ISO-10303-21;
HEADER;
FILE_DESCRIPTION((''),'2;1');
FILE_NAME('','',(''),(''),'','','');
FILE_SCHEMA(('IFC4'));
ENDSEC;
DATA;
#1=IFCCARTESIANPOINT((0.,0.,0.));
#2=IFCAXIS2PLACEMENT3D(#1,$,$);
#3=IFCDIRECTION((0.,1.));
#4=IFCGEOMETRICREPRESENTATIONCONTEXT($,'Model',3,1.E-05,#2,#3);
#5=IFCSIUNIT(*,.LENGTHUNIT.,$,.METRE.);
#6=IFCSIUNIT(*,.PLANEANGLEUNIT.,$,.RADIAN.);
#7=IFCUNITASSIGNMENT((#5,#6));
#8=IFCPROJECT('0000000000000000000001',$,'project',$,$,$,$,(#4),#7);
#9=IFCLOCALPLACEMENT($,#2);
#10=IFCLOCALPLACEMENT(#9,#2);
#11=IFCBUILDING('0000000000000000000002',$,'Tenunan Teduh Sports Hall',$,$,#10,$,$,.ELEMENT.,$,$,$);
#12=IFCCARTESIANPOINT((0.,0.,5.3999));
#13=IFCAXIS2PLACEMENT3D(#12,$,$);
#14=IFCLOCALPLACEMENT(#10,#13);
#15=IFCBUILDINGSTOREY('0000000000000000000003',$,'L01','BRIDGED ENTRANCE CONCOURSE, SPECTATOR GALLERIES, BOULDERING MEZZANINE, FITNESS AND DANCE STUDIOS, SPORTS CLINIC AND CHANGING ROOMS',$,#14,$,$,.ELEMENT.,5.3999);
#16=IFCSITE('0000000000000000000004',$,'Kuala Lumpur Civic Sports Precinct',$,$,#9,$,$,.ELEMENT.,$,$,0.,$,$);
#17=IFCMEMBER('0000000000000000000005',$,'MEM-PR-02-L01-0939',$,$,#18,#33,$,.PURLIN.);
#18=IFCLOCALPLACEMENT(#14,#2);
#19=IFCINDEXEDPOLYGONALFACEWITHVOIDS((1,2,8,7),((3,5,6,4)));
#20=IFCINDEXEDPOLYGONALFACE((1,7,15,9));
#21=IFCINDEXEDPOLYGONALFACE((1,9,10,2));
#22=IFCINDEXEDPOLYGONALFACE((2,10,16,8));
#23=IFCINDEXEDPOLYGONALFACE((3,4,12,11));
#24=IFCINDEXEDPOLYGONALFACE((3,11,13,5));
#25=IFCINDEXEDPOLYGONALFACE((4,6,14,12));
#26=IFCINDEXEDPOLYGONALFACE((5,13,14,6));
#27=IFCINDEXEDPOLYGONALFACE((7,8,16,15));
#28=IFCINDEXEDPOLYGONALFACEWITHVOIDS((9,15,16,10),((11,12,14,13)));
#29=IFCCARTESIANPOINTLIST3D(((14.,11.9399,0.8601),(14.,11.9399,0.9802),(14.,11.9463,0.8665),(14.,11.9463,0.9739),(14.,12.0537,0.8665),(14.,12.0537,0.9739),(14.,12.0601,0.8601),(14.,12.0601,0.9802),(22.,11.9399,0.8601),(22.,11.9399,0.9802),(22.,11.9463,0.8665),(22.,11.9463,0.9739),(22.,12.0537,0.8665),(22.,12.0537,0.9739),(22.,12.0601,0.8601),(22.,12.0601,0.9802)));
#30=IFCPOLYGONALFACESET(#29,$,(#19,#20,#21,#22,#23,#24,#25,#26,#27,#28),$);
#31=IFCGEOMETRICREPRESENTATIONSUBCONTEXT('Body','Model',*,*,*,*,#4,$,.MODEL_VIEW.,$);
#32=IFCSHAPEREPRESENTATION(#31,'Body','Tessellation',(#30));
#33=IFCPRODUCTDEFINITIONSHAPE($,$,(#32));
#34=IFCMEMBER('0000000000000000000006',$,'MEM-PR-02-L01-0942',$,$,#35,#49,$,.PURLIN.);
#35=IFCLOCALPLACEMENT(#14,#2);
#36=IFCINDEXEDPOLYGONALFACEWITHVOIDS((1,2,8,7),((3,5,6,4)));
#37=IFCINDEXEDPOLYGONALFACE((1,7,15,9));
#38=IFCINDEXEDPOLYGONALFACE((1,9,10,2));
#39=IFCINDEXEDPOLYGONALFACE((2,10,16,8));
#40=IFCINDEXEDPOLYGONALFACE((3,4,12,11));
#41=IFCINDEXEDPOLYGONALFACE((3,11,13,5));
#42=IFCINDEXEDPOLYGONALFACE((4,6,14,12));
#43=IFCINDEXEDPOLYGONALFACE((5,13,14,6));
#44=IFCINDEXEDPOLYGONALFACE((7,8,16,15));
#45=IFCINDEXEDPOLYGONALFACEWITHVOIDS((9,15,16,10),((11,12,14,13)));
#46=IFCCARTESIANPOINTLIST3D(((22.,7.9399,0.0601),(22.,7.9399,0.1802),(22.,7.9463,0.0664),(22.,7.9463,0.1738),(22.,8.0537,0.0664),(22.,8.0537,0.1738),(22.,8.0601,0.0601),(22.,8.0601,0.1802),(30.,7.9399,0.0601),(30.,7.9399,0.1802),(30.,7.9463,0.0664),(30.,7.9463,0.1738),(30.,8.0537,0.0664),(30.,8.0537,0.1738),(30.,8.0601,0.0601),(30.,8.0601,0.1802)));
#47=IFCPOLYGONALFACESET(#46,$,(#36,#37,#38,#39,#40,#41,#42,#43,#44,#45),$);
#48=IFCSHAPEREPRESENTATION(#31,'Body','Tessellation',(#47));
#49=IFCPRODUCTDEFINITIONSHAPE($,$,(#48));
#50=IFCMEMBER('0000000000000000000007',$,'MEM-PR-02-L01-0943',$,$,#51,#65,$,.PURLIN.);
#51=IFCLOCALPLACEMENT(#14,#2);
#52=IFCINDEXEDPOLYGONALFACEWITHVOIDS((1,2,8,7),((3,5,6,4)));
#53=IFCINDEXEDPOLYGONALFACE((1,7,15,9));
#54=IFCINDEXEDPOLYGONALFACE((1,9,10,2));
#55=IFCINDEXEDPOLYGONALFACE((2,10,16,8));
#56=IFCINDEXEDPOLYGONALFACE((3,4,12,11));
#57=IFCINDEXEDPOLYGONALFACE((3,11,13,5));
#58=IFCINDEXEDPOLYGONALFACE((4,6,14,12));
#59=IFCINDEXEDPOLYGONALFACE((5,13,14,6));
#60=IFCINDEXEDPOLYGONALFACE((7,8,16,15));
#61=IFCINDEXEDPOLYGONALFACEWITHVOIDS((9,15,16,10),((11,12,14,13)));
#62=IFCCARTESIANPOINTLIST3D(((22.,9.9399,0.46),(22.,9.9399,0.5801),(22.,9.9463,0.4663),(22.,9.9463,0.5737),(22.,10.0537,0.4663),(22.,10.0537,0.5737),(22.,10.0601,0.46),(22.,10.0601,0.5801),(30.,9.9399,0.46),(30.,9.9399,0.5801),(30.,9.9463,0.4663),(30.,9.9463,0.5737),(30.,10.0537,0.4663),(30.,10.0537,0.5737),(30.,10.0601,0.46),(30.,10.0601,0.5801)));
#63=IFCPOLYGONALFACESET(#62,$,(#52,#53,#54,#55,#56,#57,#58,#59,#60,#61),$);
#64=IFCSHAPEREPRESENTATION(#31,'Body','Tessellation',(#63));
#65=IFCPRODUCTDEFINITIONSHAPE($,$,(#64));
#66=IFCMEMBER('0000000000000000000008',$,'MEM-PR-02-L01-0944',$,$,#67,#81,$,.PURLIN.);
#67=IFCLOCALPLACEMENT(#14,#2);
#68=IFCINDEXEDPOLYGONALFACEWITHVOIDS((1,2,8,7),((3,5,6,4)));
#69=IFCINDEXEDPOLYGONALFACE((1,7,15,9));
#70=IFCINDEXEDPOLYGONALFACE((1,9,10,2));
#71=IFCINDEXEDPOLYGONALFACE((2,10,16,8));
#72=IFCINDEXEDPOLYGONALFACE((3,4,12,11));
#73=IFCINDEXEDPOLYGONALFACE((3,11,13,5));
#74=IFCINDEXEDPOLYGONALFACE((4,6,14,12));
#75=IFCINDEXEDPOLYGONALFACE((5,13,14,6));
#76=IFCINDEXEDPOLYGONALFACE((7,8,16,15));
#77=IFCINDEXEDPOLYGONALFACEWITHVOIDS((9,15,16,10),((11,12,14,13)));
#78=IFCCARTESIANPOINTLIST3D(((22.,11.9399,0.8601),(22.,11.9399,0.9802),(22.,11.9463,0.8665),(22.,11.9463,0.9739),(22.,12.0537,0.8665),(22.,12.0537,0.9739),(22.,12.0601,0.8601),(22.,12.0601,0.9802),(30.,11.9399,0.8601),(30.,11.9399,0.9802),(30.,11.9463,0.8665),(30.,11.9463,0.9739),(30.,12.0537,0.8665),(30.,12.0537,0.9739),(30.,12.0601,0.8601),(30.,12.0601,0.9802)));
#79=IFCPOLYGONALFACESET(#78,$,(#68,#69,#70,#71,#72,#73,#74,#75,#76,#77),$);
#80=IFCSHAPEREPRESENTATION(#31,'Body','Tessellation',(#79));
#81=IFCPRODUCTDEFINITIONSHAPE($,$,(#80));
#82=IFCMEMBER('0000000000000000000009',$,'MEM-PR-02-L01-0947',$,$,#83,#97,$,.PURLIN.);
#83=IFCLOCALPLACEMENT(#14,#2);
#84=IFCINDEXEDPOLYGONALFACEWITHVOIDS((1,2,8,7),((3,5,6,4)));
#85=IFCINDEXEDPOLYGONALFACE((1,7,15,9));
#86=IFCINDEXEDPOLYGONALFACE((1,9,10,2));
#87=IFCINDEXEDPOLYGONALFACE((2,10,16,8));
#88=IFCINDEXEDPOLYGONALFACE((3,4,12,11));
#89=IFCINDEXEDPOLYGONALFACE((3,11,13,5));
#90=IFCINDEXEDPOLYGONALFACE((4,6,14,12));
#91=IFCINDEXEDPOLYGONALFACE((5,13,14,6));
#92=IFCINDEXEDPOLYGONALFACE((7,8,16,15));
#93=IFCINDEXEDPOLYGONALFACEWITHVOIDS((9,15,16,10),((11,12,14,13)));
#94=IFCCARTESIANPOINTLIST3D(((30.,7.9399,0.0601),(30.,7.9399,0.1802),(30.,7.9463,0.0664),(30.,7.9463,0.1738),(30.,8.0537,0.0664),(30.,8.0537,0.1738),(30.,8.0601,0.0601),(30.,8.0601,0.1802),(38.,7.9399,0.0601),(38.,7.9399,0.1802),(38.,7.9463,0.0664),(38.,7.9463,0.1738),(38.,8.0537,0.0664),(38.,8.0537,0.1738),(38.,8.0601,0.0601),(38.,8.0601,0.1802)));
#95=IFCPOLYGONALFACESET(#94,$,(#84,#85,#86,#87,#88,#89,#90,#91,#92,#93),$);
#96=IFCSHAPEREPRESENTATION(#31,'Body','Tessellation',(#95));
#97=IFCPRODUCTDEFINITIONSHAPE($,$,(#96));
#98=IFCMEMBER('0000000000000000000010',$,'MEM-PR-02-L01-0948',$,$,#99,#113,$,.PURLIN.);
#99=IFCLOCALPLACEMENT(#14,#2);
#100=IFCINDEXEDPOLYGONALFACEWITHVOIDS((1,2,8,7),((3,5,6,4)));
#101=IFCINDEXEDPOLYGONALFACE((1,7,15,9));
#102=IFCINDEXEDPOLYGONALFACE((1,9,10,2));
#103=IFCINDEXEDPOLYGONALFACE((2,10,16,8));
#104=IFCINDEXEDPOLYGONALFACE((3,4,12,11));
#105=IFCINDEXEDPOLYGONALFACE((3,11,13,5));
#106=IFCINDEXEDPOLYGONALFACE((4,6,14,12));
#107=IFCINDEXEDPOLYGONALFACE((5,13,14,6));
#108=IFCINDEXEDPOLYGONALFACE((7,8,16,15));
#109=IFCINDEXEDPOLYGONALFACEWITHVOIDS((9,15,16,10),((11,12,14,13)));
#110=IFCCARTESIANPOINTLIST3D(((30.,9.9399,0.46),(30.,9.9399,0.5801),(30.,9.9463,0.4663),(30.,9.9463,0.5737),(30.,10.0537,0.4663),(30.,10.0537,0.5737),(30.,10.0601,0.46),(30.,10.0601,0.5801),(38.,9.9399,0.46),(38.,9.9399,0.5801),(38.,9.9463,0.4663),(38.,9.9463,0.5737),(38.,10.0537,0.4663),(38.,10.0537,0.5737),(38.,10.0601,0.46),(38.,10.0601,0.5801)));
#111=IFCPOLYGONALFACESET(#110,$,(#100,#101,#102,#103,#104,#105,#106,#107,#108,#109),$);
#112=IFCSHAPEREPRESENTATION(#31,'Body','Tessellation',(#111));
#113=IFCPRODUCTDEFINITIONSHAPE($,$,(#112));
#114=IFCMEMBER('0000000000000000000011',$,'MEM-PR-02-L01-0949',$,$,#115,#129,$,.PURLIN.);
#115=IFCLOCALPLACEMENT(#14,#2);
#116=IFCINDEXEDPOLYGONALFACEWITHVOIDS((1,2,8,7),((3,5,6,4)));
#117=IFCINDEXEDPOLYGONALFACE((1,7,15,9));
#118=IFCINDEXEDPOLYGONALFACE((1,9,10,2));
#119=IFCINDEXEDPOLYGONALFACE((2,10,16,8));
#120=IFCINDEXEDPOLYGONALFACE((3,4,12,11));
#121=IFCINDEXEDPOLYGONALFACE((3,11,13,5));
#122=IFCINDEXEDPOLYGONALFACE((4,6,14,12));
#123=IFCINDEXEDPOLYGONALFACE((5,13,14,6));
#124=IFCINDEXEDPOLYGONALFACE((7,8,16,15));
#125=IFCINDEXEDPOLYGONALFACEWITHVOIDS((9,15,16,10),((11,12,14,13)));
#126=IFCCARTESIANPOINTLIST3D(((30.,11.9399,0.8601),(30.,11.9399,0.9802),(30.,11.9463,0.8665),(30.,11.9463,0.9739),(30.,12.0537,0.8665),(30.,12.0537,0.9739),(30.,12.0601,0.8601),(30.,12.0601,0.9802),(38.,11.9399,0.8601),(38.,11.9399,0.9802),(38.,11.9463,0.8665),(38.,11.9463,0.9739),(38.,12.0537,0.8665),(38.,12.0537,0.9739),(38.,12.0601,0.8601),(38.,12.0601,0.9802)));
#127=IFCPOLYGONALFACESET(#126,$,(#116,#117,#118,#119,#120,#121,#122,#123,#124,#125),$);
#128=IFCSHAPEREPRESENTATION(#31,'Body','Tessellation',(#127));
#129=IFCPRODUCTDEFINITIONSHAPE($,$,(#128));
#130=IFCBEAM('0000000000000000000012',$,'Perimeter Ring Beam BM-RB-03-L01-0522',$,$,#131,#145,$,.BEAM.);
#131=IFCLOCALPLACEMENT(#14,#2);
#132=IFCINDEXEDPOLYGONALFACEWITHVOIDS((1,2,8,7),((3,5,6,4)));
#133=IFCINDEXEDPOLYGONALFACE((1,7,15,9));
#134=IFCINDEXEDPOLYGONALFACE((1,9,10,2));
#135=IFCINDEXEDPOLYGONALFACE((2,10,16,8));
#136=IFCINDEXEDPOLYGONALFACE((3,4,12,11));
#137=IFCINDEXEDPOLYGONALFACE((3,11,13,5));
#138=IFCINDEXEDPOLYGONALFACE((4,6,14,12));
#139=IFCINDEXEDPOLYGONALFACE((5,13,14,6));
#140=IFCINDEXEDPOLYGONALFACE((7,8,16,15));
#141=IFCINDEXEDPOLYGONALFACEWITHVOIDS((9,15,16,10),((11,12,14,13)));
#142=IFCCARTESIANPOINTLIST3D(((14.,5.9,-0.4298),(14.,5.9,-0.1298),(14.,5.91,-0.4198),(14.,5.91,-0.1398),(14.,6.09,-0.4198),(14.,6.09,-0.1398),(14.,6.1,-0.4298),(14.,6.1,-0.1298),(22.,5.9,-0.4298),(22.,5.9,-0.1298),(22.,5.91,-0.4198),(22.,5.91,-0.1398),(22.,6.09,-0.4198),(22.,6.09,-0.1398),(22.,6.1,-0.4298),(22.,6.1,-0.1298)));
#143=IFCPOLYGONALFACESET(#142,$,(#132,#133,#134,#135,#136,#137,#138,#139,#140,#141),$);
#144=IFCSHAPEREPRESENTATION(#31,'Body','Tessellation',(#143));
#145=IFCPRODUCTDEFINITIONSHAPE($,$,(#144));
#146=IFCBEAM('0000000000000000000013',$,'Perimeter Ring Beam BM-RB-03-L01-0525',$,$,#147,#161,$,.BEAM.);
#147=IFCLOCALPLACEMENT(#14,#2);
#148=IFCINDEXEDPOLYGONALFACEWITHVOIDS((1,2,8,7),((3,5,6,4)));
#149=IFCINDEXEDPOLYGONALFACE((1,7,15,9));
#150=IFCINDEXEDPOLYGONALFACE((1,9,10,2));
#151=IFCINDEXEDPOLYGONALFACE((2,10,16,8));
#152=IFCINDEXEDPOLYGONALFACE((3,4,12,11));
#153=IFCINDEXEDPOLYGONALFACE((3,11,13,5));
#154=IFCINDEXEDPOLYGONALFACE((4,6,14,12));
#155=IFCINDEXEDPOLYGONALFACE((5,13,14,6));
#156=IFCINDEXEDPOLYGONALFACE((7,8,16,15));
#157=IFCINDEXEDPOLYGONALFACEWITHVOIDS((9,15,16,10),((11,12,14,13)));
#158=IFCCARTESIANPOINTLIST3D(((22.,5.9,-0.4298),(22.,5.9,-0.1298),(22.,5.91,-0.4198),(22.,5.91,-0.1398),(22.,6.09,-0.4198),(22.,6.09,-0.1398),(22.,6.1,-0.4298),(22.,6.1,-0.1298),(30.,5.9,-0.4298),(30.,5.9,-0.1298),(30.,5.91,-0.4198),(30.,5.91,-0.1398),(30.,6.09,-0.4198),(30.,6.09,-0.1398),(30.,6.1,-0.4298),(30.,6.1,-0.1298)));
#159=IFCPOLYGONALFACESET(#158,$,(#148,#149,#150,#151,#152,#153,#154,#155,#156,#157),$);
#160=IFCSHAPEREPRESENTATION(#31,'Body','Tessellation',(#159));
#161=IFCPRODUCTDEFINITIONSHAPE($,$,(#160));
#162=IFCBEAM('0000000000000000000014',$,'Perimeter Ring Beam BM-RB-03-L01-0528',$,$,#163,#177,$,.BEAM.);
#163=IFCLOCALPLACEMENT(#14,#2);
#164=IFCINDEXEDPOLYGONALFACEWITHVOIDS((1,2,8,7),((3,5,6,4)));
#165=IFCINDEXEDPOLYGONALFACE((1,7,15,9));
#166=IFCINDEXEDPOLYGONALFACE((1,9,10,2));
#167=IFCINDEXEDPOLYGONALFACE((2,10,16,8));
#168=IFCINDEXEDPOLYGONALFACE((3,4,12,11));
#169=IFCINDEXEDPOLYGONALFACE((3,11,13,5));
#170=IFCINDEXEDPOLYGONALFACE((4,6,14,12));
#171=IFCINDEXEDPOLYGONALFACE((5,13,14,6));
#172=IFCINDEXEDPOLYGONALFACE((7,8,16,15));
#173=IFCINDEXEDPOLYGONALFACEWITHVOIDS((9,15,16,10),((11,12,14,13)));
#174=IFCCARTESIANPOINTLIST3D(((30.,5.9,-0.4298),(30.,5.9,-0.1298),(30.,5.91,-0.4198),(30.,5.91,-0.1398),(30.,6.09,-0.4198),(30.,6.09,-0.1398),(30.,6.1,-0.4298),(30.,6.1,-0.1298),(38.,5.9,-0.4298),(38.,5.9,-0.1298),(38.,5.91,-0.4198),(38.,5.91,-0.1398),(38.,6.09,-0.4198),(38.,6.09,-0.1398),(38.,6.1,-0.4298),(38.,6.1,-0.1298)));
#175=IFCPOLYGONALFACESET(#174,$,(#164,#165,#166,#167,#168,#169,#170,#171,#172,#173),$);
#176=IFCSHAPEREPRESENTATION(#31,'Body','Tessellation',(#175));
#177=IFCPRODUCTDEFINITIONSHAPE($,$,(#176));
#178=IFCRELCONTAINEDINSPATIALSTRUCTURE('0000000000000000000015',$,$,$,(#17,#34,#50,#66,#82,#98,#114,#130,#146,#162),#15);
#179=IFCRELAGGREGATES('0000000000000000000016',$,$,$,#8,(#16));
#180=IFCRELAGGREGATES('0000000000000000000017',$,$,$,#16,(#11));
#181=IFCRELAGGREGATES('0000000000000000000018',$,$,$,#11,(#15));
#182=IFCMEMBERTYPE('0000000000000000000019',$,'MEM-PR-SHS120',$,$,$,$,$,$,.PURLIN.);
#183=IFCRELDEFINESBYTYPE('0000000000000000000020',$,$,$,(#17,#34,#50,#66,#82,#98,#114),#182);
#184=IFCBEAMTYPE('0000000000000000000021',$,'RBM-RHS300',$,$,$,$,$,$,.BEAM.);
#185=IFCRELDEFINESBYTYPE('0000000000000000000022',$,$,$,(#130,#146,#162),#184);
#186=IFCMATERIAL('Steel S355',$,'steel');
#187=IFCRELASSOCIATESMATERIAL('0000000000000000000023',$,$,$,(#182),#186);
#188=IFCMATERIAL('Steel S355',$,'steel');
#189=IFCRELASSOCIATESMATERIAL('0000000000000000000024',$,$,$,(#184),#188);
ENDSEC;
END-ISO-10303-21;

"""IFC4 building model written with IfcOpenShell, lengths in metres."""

from ifc_helpers import new_model, si_unit, direction, frame, origin, origin_2d, place, context, subcontext, project, spatial, hollow_rectangle, extrude, material, material_profile, profile_set, type_object, element, save


model = new_model("IFC4")

# Units and contexts
model_context = context("Model", 3, precision=1e-05, world=origin(), true_north=direction((0.0, 1.0)))
body_context = subcontext(model_context, "Body", "Model", "MODEL_VIEW")
ifc_project = project(units=[si_unit("LENGTHUNIT", "METRE"), si_unit("PLANEANGLEUNIT", "RADIAN")], contexts=[model_context])

# Site, building, storey
site_placement = place(None, origin())
site = spatial("IfcSite", under=ifc_project, at=site_placement, Name="Kuala Lumpur Civic Sports Precinct", CompositionType="ELEMENT", RefElevation=0.0)
building_placement = place(site_placement, origin())
building = spatial("IfcBuilding", under=site, at=building_placement, Name="Tenunan Teduh Sports Hall", CompositionType="ELEMENT")
storey_placement = place(building_placement, frame((0.0, 0.0, 5.3999)))
storey = spatial("IfcBuildingStorey", under=building, at=storey_placement, Name="L01", Description="BRIDGED ENTRANCE CONCOURSE, SPECTATOR GALLERIES, BOULDERING MEZZANINE, FITNESS AND DANCE STUDIOS, SPORTS CLINIC AND CHANGING ROOMS", CompositionType="ELEMENT", Elevation=5.3999)

# Members
ifc_material_1 = material(Name="Steel S355", Category="steel")
ifc_material_profile_1 = material_profile(ifc_material_1, hollow_rectangle(XDim=0.1201, YDim=0.1201, WallThickness=0.0063, at=origin_2d()), Name="SHS 120x120x6.3")
ifc_profile_set_1 = profile_set([ifc_material_profile_1], Name="Steel S355")
member_type_1 = type_object("IfcMemberType", Name="MEM-PR-SHS120", PredefinedType="PURLIN", material=ifc_profile_set_1)
for number, where, z_axis, x_axis, name in (
    (1, (14.0, 12.0, 0.9202), (1.0, 0.0, 0.0), (0.0, 1.0, 0.0), "MEM-PR-02-L01-0939"),
    (2, (22.0, 8.0, 0.1201), (1.0, 0.0, 0.0), (0.0, 1.0, 0.0), "MEM-PR-02-L01-0942"),
    (3, (22.0, 10.0, 0.52), (1.0, 0.0, 0.0), (0.0, 1.0, 0.0), "MEM-PR-02-L01-0943"),
    (4, (22.0, 12.0, 0.9202), (1.0, 0.0, 0.0), (0.0, 1.0, 0.0), "MEM-PR-02-L01-0944"),
    (5, (30.0, 8.0, 0.1201), (1.0, 0.0, 0.0), (0.0, 1.0, 0.0), "MEM-PR-02-L01-0947"),
    (6, (30.0, 10.0, 0.52), (1.0, 0.0, 0.0), (0.0, 1.0, 0.0), "MEM-PR-02-L01-0948"),
    (7, (30.0, 12.0, 0.9202), (1.0, 0.0, 0.0), (0.0, 1.0, 0.0), "MEM-PR-02-L01-0949"),
):
    element("IfcMember", number, at=place(storey_placement, frame(where, z_axis=z_axis, x_axis=x_axis)), inside=storey, type_object=member_type_1, Name=name, PredefinedType="PURLIN", context=body_context, shape_type="SweptSolid", body=[
        extrude(hollow_rectangle(XDim=0.1201, YDim=0.1201, WallThickness=0.0063, at=origin_2d()), origin(), (0.0, 0.0, 1.0), 8.0),
    ])

# Beams
ifc_material_2 = material(Name="Steel S355", Category="steel")
ifc_material_profile_2 = material_profile(ifc_material_2, hollow_rectangle(XDim=0.2, YDim=0.3, WallThickness=0.01, at=origin_2d()), Name="RHS 300x200x10.0")
ifc_profile_set_2 = profile_set([ifc_material_profile_2], Name="Steel S355")
beam_type_1 = type_object("IfcBeamType", Name="RBM-RHS300", PredefinedType="BEAM", material=ifc_profile_set_2)
for number, where, z_axis, x_axis, name in (
    (8, (14.0, 6.0, -0.2798), (1.0, 0.0, 0.0), (0.0, 1.0, 0.0), "Perimeter Ring Beam BM-RB-03-L01-0522"),
    (9, (22.0, 6.0, -0.2798), (1.0, 0.0, 0.0), (0.0, 1.0, 0.0), "Perimeter Ring Beam BM-RB-03-L01-0525"),
    (10, (30.0, 6.0, -0.2798), (1.0, 0.0, 0.0), (0.0, 1.0, 0.0), "Perimeter Ring Beam BM-RB-03-L01-0528"),
):
    element("IfcBeam", number, at=place(storey_placement, frame(where, z_axis=z_axis, x_axis=x_axis)), inside=storey, type_object=beam_type_1, Name=name, PredefinedType="BEAM", context=body_context, shape_type="SweptSolid", body=[
        extrude(hollow_rectangle(XDim=0.2, YDim=0.3, WallThickness=0.01, at=origin_2d()), origin(), (0.0, 0.0, 1.0), 8.0),
    ])

save(model, "model.ifc")
